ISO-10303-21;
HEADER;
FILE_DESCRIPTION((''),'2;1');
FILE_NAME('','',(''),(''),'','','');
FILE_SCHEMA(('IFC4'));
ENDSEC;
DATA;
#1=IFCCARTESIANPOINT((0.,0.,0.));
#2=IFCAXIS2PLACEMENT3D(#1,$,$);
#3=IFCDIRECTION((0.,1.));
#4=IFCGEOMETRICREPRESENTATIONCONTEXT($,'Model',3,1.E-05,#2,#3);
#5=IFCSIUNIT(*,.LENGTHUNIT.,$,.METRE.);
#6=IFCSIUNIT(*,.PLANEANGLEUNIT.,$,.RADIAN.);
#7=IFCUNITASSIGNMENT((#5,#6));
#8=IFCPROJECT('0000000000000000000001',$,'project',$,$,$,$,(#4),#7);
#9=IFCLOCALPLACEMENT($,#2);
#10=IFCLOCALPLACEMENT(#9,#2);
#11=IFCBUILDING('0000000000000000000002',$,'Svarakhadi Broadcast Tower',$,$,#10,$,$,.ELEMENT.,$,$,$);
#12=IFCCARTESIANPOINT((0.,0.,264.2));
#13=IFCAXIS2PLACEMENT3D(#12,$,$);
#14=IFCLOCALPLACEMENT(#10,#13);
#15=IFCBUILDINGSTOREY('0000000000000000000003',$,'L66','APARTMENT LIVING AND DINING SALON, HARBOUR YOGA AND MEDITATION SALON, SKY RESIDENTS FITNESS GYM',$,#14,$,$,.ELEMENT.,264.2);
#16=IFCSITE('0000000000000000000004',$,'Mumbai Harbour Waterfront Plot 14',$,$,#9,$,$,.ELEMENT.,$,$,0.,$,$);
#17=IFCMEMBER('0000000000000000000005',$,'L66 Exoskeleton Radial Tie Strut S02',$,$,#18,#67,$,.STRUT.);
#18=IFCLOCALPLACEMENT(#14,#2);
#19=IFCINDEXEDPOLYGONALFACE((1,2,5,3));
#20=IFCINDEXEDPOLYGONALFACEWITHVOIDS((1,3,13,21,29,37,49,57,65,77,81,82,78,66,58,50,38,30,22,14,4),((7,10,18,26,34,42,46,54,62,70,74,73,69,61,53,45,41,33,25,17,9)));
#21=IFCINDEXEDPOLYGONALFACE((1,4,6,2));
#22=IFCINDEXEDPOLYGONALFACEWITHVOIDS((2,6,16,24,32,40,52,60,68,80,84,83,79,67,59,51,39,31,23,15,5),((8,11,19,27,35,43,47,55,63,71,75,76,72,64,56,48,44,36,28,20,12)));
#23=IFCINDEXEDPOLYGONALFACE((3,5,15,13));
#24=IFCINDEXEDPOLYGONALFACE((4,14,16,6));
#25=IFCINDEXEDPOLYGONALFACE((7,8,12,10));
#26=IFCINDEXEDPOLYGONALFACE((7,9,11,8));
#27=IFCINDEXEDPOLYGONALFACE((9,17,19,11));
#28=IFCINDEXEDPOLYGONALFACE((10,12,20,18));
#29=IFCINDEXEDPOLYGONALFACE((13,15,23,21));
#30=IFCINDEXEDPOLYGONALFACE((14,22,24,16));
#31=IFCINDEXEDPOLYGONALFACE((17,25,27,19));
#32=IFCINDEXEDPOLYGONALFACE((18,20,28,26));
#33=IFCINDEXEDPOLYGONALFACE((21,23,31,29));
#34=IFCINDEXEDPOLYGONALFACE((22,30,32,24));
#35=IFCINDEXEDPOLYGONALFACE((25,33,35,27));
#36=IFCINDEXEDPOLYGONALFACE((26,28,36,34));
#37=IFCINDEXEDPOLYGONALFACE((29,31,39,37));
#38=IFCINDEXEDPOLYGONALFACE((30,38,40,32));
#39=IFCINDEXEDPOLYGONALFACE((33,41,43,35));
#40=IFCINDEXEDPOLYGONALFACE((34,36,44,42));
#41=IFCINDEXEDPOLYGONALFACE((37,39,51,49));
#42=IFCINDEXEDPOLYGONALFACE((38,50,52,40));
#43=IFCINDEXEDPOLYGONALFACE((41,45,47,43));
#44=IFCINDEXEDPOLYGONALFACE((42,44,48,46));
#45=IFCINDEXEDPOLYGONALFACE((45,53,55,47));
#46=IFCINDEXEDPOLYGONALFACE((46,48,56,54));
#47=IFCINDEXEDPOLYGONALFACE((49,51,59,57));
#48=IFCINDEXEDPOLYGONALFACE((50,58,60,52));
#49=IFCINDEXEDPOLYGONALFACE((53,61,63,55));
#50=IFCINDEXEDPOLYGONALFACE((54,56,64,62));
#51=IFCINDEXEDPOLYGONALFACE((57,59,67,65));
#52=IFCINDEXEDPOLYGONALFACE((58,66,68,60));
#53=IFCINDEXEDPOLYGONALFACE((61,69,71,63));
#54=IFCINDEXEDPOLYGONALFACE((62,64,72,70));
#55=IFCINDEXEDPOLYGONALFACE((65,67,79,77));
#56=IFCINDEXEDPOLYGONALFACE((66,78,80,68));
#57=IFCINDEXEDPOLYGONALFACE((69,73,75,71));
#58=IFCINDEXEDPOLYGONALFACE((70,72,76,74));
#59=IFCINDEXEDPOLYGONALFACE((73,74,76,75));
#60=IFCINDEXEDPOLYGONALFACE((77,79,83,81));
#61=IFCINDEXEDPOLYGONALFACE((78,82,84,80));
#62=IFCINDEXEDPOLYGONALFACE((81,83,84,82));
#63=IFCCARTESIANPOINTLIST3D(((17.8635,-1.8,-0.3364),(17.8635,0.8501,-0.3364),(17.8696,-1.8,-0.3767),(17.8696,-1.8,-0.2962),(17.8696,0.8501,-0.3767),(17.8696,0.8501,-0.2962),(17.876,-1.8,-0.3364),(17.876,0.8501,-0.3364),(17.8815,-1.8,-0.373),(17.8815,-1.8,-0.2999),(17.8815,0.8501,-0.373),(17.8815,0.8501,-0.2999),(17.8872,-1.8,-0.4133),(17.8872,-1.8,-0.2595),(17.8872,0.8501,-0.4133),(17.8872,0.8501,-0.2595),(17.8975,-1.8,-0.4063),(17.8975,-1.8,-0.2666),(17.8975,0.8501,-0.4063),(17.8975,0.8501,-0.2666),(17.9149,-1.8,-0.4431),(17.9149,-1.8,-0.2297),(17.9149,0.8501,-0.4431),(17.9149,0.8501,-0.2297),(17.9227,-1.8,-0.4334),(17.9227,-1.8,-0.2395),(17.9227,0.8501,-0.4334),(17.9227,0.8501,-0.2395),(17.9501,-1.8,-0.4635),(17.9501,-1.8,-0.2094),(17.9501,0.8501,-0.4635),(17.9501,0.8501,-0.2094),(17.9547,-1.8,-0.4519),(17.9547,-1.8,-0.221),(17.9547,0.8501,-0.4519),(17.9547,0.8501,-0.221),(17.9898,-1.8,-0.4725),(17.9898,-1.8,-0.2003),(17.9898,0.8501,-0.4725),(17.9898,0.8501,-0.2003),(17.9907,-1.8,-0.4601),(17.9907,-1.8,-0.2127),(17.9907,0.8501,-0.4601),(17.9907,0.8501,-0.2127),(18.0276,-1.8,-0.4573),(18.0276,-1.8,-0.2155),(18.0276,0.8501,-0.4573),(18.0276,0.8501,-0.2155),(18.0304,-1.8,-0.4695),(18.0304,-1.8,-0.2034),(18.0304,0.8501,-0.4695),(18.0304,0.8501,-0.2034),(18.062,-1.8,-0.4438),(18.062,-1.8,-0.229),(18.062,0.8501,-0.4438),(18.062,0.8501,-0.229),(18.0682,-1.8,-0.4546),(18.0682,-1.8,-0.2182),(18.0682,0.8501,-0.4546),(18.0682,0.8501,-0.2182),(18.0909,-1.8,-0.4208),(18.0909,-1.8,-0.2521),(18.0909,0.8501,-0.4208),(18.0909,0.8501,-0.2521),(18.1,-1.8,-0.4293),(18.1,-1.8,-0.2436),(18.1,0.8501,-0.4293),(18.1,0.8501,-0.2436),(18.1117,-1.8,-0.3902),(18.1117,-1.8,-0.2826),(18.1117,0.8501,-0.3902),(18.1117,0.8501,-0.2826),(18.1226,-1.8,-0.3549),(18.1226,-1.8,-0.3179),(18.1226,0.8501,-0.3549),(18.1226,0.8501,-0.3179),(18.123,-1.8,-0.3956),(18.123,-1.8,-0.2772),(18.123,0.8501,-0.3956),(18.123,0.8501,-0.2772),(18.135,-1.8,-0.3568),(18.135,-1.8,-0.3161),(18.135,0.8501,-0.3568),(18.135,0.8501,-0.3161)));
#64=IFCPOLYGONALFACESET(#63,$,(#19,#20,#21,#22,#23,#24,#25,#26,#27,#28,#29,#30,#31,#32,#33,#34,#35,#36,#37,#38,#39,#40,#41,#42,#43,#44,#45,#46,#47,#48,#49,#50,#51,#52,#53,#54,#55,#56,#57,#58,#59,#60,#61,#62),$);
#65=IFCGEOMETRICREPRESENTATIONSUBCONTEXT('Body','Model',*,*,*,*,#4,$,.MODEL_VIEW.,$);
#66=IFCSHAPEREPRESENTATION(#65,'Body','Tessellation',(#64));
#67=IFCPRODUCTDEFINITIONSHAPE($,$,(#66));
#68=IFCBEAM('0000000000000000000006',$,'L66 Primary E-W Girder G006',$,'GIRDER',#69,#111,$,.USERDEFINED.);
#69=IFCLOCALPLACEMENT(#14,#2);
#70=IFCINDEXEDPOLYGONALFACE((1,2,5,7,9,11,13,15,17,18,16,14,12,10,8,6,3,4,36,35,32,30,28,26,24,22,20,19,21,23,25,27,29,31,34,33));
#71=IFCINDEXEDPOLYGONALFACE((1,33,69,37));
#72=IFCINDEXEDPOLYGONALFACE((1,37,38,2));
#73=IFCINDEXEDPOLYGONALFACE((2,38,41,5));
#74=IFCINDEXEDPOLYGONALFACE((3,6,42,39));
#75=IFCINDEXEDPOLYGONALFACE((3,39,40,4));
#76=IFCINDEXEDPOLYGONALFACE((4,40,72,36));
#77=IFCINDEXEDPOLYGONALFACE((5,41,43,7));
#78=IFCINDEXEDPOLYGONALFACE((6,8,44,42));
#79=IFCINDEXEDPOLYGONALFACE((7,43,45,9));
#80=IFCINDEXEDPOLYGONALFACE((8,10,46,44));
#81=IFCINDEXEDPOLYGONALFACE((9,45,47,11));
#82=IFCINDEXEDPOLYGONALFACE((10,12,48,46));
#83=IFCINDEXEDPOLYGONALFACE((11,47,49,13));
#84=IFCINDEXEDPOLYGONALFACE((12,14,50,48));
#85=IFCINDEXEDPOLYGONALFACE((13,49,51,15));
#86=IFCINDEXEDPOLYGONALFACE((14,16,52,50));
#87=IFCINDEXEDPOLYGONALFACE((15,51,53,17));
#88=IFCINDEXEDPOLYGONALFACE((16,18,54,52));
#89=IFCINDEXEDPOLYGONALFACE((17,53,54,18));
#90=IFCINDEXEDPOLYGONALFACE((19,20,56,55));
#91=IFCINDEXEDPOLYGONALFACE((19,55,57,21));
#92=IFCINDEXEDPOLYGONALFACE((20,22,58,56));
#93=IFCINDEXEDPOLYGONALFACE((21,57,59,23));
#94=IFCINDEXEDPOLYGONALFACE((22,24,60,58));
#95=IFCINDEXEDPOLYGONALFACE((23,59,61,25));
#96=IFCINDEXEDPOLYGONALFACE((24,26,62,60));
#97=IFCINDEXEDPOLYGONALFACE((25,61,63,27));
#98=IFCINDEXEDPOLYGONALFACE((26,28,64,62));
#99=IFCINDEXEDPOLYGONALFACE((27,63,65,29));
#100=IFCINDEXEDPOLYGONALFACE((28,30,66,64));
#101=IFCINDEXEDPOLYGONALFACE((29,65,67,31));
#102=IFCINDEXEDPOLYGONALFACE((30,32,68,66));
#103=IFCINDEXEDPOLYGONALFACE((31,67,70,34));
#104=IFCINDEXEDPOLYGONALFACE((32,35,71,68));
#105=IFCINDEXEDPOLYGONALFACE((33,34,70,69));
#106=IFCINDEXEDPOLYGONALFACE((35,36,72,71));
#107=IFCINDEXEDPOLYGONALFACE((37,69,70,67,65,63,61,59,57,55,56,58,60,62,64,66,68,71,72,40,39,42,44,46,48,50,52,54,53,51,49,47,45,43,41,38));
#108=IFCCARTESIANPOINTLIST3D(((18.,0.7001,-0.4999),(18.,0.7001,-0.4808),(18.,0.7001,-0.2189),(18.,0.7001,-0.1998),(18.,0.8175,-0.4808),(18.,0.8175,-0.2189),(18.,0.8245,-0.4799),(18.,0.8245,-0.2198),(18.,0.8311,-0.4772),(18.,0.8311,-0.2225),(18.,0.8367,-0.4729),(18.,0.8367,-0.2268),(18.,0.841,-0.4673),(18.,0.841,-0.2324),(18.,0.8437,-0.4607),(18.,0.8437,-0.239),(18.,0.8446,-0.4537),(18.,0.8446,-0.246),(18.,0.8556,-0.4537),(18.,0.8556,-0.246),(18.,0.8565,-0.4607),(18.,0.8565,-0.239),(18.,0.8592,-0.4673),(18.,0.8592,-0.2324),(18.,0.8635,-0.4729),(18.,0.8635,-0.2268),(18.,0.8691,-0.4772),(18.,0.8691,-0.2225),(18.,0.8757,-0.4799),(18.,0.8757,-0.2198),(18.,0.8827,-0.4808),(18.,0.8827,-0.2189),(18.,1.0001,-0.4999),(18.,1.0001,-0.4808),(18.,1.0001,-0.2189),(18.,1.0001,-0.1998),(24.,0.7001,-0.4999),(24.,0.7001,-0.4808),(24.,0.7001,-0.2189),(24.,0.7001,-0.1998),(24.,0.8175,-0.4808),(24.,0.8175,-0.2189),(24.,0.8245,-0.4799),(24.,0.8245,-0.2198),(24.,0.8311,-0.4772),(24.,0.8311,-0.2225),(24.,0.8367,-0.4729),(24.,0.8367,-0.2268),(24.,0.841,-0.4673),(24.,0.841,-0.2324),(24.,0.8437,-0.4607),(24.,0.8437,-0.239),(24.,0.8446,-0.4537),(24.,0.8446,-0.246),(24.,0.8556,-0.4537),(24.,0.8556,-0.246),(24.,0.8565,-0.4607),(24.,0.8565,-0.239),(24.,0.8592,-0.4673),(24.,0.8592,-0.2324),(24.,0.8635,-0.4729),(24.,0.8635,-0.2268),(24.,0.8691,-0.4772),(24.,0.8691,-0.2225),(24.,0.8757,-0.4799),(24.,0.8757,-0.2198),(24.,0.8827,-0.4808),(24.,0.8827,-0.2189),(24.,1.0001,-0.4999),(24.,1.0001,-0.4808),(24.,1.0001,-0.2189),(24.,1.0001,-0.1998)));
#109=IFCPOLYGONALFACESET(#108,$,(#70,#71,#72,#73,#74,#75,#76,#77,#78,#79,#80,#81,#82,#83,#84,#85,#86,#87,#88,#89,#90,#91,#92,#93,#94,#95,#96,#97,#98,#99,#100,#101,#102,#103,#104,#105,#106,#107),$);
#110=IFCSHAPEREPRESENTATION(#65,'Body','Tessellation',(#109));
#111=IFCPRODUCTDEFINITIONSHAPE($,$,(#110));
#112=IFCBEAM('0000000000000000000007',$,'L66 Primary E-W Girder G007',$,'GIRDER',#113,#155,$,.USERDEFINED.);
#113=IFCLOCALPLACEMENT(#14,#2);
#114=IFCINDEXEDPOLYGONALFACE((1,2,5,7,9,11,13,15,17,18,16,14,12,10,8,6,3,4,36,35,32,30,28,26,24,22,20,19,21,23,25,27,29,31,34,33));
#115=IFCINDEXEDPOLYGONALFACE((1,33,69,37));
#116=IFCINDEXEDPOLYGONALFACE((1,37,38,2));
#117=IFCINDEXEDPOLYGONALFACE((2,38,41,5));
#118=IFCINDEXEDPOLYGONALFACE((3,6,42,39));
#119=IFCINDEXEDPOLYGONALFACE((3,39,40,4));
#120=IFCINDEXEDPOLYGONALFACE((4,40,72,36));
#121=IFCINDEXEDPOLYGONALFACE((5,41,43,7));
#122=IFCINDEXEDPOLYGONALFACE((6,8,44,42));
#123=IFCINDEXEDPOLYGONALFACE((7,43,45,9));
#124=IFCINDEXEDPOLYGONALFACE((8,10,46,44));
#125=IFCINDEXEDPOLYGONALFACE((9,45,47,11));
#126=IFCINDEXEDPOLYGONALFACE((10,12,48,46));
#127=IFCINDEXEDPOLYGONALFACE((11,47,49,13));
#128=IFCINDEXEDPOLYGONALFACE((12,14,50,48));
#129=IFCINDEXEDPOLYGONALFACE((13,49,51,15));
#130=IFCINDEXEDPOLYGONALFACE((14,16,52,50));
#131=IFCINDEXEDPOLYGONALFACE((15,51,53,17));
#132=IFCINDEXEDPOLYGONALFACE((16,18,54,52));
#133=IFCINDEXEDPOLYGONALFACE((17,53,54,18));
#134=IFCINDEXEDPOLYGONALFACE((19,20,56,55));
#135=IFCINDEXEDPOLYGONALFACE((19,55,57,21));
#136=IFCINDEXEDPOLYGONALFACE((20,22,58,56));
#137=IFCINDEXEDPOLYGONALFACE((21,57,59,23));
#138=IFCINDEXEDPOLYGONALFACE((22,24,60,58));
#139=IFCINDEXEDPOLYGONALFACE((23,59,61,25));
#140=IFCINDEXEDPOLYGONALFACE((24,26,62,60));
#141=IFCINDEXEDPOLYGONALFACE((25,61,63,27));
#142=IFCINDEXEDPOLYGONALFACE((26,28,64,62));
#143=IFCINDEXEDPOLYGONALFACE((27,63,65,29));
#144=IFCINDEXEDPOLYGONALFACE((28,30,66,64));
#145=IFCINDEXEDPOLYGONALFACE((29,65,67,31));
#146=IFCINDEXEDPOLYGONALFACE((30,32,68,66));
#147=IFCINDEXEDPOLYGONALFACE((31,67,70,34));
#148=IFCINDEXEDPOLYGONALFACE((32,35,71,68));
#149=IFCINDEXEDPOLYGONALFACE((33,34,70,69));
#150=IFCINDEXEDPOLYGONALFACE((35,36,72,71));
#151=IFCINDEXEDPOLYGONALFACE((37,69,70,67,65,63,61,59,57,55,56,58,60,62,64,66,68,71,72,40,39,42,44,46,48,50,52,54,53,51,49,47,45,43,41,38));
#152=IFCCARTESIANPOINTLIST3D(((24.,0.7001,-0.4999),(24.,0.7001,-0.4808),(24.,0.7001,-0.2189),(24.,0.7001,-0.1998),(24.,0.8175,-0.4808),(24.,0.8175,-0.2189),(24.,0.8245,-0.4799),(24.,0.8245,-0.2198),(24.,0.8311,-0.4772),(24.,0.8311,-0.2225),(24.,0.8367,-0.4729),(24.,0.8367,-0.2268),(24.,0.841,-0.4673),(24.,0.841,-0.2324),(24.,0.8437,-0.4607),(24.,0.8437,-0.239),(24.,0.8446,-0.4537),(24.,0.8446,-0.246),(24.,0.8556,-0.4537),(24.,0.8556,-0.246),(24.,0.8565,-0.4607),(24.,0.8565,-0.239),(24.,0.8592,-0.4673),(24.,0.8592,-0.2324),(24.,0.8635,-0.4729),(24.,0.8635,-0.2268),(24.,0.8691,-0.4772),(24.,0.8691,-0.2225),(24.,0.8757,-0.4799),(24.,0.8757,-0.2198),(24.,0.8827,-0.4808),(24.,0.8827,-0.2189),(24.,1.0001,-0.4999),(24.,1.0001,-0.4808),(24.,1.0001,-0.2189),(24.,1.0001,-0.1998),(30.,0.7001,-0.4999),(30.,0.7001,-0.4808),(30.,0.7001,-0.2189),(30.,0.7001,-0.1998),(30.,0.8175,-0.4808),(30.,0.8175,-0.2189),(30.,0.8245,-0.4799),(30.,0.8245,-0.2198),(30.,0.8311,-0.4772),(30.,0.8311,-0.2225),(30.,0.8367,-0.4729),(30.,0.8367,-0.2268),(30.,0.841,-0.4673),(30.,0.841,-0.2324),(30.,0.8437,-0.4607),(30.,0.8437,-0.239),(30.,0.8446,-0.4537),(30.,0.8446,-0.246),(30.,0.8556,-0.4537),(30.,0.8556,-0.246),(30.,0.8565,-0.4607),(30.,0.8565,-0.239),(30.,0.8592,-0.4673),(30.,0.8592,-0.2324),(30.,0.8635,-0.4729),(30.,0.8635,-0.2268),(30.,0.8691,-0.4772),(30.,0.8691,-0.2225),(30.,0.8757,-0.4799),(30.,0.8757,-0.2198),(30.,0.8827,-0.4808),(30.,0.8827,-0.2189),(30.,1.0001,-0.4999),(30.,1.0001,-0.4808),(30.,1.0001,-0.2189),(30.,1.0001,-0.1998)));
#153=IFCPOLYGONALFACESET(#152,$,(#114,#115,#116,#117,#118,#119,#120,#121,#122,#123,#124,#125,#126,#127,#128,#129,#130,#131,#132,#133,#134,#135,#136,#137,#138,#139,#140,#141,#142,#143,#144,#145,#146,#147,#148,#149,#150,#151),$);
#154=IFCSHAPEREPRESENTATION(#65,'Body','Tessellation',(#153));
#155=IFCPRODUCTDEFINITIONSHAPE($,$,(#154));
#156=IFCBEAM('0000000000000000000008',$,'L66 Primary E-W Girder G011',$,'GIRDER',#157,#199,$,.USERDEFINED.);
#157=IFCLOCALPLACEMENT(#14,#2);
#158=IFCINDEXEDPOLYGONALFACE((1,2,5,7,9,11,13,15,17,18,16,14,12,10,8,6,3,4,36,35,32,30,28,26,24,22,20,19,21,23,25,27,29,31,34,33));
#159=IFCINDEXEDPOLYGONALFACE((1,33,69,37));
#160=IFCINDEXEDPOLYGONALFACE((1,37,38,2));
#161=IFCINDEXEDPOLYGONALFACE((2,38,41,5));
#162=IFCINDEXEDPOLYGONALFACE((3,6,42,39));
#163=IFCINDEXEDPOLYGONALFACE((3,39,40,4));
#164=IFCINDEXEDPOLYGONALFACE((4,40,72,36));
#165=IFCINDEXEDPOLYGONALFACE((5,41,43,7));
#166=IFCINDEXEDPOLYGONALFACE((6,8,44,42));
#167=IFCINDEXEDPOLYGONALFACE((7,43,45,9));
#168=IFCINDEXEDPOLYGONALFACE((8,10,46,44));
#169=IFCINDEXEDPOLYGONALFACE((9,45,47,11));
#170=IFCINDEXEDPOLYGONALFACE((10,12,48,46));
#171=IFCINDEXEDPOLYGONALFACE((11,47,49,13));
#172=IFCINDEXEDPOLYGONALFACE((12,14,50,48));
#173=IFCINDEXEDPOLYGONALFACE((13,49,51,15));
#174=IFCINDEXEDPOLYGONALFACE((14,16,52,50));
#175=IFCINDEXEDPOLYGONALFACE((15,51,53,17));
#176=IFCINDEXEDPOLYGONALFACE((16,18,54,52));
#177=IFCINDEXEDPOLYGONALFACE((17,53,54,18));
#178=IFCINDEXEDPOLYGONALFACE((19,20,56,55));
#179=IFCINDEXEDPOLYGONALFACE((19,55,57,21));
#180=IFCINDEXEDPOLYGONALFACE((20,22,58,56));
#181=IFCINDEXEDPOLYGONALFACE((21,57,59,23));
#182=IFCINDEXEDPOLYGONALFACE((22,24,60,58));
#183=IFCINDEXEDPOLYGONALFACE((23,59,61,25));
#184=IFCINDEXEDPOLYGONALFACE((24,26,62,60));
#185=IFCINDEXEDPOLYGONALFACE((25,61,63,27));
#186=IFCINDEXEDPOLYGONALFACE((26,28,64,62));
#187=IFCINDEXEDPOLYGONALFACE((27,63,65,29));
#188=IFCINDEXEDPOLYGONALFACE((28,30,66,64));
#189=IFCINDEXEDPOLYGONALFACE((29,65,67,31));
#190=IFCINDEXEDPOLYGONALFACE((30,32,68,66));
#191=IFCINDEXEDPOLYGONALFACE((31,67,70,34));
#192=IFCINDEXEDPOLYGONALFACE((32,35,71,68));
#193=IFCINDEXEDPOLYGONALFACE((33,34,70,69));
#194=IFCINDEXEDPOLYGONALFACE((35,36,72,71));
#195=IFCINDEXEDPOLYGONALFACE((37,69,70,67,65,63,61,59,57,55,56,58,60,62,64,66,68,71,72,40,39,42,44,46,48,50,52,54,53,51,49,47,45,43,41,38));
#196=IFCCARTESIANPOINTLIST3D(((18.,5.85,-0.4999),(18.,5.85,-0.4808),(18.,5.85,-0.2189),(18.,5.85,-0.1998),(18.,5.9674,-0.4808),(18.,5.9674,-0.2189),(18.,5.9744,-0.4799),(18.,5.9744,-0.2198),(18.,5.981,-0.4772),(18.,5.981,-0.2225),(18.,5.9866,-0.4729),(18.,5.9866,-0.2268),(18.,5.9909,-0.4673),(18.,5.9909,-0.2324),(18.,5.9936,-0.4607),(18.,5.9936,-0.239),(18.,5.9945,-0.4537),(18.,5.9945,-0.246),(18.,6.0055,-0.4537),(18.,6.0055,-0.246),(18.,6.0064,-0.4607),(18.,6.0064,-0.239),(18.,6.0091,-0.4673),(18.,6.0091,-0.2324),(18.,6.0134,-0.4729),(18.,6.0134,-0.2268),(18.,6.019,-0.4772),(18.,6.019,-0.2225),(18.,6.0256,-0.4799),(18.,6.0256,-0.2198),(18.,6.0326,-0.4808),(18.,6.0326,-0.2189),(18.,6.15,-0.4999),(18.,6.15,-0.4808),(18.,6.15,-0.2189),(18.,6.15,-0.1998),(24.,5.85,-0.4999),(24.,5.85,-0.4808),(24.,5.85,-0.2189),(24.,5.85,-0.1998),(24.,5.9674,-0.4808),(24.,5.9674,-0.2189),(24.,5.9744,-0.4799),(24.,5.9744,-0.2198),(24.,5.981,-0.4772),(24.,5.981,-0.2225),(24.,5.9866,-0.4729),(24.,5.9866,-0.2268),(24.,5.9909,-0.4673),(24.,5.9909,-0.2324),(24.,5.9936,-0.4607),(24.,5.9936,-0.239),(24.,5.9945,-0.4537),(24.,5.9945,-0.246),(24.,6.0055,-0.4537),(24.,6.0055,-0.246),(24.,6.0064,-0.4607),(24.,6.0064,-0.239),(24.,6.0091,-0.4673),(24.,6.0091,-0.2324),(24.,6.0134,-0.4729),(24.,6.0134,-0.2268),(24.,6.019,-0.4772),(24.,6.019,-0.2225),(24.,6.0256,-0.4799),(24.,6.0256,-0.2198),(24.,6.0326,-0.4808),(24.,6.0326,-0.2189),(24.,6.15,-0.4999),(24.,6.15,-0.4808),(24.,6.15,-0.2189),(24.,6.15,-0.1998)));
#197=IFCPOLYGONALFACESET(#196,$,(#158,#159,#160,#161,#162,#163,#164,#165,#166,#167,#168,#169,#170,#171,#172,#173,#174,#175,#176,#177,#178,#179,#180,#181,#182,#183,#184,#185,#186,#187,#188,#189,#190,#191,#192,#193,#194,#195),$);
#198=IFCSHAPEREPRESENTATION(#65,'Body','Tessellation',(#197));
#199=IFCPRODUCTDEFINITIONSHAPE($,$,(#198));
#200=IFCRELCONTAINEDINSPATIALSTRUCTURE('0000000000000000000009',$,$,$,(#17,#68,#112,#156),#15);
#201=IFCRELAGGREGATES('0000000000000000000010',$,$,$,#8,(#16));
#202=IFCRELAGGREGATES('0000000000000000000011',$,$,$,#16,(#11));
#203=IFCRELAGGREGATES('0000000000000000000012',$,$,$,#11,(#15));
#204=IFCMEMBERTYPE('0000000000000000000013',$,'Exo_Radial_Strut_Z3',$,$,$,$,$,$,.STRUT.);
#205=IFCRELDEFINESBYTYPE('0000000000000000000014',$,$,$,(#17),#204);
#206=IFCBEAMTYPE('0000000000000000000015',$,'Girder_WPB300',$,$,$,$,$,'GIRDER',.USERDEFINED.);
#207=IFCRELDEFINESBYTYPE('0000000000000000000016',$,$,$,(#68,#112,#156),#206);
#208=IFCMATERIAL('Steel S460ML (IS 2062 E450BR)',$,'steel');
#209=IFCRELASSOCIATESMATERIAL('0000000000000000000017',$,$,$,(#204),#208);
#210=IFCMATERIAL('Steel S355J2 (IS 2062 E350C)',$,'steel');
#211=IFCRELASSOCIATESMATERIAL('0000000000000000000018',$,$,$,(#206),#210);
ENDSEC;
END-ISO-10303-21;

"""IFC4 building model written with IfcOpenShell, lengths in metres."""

from ifc_helpers import new_model, si_unit, direction, frame, origin, origin_2d, place, context, subcontext, project, spatial, hollow_circle, i_section, extrude, material, material_profile, profile_set, type_object, element, save


model = new_model("IFC4")

# Units and contexts
model_context = context("Model", 3, precision=1e-05, world=origin(), true_north=direction((0.0, 1.0)))
body_context = subcontext(model_context, "Body", "Model", "MODEL_VIEW")
ifc_project = project(units=[si_unit("LENGTHUNIT", "METRE"), si_unit("PLANEANGLEUNIT", "RADIAN")], contexts=[model_context])

# Site, building, storey
site_placement = place(None, origin())
site = spatial("IfcSite", under=ifc_project, at=site_placement, Name="Mumbai Harbour Waterfront Plot 14", CompositionType="ELEMENT", RefElevation=0.0)
building_placement = place(site_placement, origin())
building = spatial("IfcBuilding", under=site, at=building_placement, Name="Svarakhadi Broadcast Tower", CompositionType="ELEMENT")
storey_placement = place(building_placement, frame((0.0, 0.0, 264.2)))
storey = spatial("IfcBuildingStorey", under=building, at=storey_placement, Name="L66", Description="APARTMENT LIVING AND DINING SALON, HARBOUR YOGA AND MEDITATION SALON, SKY RESIDENTS FITNESS GYM", CompositionType="ELEMENT", Elevation=264.2)

# Shared definitions
ifc_material_1 = material(Name="Steel S460ML (IS 2062 E450BR)", Category="steel")

# Shared definitions
ifc_material_2 = material(Name="Steel S355J2 (IS 2062 E350C)", Category="steel")

# Member
ifc_material_profile_1 = material_profile(ifc_material_1, hollow_circle(Radius=0.1365, WallThickness=0.0125, at=origin_2d()), Name="CHS 273x12.5")
ifc_profile_set_1 = profile_set([ifc_material_profile_1], Name="Steel S460ML (IS 2062 E450BR)")
member_type_1 = type_object("IfcMemberType", Name="Exo_Radial_Strut_Z3", PredefinedType="STRUT", material=ifc_profile_set_1)
member_1_placement = place(storey_placement, frame((18.0, -1.8, -0.3364), z_axis=(0.0, 1.0, 0.0), x_axis=(-1.0, 0.0, 0.0)))
element("IfcMember", 1, at=member_1_placement, inside=storey, type_object=member_type_1, Name="L66 Exoskeleton Radial Tie Strut S02", PredefinedType="STRUT", context=body_context, shape_type="SweptSolid", body=[
    extrude(hollow_circle(Radius=0.1365, WallThickness=0.0125, at=origin_2d()), origin(), (0.0, 0.0, 1.0), 2.6501),
])

# Beams
ifc_material_profile_2 = material_profile(ifc_material_2, i_section(OverallWidth=0.3, OverallDepth=0.3, WebThickness=0.011, FlangeThickness=0.019, FilletRadius=0.0271, at=origin_2d()), Name="WPB 300x300x117")
ifc_profile_set_2 = profile_set([ifc_material_profile_2], Name="Steel S355J2 (IS 2062 E350C)")
beam_type_1 = type_object("IfcBeamType", Name="Girder_WPB300", ElementType="GIRDER", PredefinedType="USERDEFINED", material=ifc_profile_set_2)
for number, where, z_axis, x_axis, name in (
    (2, (18.0, 0.8501, -0.3499), (1.0, 0.0, 0.0), (0.0, 1.0, 0.0), "L66 Primary E-W Girder G006"),
    (3, (24.0, 0.8501, -0.3499), (1.0, 0.0, 0.0), (0.0, 1.0, 0.0), "L66 Primary E-W Girder G007"),
    (4, (18.0, 6.0, -0.3499), (1.0, 0.0, 0.0), (0.0, 1.0, 0.0), "L66 Primary E-W Girder G011"),
):
    element("IfcBeam", number, at=place(storey_placement, frame(where, z_axis=z_axis, x_axis=x_axis)), inside=storey, type_object=beam_type_1, Name=name, ObjectType="GIRDER", PredefinedType="USERDEFINED", context=body_context, shape_type="SweptSolid", body=[
        extrude(i_section(OverallWidth=0.3, OverallDepth=0.3, WebThickness=0.011, FlangeThickness=0.019, FilletRadius=0.0271, at=origin_2d()), origin(), (0.0, 0.0, 1.0), 6.0),
    ])

save(model, "model.ifc")
